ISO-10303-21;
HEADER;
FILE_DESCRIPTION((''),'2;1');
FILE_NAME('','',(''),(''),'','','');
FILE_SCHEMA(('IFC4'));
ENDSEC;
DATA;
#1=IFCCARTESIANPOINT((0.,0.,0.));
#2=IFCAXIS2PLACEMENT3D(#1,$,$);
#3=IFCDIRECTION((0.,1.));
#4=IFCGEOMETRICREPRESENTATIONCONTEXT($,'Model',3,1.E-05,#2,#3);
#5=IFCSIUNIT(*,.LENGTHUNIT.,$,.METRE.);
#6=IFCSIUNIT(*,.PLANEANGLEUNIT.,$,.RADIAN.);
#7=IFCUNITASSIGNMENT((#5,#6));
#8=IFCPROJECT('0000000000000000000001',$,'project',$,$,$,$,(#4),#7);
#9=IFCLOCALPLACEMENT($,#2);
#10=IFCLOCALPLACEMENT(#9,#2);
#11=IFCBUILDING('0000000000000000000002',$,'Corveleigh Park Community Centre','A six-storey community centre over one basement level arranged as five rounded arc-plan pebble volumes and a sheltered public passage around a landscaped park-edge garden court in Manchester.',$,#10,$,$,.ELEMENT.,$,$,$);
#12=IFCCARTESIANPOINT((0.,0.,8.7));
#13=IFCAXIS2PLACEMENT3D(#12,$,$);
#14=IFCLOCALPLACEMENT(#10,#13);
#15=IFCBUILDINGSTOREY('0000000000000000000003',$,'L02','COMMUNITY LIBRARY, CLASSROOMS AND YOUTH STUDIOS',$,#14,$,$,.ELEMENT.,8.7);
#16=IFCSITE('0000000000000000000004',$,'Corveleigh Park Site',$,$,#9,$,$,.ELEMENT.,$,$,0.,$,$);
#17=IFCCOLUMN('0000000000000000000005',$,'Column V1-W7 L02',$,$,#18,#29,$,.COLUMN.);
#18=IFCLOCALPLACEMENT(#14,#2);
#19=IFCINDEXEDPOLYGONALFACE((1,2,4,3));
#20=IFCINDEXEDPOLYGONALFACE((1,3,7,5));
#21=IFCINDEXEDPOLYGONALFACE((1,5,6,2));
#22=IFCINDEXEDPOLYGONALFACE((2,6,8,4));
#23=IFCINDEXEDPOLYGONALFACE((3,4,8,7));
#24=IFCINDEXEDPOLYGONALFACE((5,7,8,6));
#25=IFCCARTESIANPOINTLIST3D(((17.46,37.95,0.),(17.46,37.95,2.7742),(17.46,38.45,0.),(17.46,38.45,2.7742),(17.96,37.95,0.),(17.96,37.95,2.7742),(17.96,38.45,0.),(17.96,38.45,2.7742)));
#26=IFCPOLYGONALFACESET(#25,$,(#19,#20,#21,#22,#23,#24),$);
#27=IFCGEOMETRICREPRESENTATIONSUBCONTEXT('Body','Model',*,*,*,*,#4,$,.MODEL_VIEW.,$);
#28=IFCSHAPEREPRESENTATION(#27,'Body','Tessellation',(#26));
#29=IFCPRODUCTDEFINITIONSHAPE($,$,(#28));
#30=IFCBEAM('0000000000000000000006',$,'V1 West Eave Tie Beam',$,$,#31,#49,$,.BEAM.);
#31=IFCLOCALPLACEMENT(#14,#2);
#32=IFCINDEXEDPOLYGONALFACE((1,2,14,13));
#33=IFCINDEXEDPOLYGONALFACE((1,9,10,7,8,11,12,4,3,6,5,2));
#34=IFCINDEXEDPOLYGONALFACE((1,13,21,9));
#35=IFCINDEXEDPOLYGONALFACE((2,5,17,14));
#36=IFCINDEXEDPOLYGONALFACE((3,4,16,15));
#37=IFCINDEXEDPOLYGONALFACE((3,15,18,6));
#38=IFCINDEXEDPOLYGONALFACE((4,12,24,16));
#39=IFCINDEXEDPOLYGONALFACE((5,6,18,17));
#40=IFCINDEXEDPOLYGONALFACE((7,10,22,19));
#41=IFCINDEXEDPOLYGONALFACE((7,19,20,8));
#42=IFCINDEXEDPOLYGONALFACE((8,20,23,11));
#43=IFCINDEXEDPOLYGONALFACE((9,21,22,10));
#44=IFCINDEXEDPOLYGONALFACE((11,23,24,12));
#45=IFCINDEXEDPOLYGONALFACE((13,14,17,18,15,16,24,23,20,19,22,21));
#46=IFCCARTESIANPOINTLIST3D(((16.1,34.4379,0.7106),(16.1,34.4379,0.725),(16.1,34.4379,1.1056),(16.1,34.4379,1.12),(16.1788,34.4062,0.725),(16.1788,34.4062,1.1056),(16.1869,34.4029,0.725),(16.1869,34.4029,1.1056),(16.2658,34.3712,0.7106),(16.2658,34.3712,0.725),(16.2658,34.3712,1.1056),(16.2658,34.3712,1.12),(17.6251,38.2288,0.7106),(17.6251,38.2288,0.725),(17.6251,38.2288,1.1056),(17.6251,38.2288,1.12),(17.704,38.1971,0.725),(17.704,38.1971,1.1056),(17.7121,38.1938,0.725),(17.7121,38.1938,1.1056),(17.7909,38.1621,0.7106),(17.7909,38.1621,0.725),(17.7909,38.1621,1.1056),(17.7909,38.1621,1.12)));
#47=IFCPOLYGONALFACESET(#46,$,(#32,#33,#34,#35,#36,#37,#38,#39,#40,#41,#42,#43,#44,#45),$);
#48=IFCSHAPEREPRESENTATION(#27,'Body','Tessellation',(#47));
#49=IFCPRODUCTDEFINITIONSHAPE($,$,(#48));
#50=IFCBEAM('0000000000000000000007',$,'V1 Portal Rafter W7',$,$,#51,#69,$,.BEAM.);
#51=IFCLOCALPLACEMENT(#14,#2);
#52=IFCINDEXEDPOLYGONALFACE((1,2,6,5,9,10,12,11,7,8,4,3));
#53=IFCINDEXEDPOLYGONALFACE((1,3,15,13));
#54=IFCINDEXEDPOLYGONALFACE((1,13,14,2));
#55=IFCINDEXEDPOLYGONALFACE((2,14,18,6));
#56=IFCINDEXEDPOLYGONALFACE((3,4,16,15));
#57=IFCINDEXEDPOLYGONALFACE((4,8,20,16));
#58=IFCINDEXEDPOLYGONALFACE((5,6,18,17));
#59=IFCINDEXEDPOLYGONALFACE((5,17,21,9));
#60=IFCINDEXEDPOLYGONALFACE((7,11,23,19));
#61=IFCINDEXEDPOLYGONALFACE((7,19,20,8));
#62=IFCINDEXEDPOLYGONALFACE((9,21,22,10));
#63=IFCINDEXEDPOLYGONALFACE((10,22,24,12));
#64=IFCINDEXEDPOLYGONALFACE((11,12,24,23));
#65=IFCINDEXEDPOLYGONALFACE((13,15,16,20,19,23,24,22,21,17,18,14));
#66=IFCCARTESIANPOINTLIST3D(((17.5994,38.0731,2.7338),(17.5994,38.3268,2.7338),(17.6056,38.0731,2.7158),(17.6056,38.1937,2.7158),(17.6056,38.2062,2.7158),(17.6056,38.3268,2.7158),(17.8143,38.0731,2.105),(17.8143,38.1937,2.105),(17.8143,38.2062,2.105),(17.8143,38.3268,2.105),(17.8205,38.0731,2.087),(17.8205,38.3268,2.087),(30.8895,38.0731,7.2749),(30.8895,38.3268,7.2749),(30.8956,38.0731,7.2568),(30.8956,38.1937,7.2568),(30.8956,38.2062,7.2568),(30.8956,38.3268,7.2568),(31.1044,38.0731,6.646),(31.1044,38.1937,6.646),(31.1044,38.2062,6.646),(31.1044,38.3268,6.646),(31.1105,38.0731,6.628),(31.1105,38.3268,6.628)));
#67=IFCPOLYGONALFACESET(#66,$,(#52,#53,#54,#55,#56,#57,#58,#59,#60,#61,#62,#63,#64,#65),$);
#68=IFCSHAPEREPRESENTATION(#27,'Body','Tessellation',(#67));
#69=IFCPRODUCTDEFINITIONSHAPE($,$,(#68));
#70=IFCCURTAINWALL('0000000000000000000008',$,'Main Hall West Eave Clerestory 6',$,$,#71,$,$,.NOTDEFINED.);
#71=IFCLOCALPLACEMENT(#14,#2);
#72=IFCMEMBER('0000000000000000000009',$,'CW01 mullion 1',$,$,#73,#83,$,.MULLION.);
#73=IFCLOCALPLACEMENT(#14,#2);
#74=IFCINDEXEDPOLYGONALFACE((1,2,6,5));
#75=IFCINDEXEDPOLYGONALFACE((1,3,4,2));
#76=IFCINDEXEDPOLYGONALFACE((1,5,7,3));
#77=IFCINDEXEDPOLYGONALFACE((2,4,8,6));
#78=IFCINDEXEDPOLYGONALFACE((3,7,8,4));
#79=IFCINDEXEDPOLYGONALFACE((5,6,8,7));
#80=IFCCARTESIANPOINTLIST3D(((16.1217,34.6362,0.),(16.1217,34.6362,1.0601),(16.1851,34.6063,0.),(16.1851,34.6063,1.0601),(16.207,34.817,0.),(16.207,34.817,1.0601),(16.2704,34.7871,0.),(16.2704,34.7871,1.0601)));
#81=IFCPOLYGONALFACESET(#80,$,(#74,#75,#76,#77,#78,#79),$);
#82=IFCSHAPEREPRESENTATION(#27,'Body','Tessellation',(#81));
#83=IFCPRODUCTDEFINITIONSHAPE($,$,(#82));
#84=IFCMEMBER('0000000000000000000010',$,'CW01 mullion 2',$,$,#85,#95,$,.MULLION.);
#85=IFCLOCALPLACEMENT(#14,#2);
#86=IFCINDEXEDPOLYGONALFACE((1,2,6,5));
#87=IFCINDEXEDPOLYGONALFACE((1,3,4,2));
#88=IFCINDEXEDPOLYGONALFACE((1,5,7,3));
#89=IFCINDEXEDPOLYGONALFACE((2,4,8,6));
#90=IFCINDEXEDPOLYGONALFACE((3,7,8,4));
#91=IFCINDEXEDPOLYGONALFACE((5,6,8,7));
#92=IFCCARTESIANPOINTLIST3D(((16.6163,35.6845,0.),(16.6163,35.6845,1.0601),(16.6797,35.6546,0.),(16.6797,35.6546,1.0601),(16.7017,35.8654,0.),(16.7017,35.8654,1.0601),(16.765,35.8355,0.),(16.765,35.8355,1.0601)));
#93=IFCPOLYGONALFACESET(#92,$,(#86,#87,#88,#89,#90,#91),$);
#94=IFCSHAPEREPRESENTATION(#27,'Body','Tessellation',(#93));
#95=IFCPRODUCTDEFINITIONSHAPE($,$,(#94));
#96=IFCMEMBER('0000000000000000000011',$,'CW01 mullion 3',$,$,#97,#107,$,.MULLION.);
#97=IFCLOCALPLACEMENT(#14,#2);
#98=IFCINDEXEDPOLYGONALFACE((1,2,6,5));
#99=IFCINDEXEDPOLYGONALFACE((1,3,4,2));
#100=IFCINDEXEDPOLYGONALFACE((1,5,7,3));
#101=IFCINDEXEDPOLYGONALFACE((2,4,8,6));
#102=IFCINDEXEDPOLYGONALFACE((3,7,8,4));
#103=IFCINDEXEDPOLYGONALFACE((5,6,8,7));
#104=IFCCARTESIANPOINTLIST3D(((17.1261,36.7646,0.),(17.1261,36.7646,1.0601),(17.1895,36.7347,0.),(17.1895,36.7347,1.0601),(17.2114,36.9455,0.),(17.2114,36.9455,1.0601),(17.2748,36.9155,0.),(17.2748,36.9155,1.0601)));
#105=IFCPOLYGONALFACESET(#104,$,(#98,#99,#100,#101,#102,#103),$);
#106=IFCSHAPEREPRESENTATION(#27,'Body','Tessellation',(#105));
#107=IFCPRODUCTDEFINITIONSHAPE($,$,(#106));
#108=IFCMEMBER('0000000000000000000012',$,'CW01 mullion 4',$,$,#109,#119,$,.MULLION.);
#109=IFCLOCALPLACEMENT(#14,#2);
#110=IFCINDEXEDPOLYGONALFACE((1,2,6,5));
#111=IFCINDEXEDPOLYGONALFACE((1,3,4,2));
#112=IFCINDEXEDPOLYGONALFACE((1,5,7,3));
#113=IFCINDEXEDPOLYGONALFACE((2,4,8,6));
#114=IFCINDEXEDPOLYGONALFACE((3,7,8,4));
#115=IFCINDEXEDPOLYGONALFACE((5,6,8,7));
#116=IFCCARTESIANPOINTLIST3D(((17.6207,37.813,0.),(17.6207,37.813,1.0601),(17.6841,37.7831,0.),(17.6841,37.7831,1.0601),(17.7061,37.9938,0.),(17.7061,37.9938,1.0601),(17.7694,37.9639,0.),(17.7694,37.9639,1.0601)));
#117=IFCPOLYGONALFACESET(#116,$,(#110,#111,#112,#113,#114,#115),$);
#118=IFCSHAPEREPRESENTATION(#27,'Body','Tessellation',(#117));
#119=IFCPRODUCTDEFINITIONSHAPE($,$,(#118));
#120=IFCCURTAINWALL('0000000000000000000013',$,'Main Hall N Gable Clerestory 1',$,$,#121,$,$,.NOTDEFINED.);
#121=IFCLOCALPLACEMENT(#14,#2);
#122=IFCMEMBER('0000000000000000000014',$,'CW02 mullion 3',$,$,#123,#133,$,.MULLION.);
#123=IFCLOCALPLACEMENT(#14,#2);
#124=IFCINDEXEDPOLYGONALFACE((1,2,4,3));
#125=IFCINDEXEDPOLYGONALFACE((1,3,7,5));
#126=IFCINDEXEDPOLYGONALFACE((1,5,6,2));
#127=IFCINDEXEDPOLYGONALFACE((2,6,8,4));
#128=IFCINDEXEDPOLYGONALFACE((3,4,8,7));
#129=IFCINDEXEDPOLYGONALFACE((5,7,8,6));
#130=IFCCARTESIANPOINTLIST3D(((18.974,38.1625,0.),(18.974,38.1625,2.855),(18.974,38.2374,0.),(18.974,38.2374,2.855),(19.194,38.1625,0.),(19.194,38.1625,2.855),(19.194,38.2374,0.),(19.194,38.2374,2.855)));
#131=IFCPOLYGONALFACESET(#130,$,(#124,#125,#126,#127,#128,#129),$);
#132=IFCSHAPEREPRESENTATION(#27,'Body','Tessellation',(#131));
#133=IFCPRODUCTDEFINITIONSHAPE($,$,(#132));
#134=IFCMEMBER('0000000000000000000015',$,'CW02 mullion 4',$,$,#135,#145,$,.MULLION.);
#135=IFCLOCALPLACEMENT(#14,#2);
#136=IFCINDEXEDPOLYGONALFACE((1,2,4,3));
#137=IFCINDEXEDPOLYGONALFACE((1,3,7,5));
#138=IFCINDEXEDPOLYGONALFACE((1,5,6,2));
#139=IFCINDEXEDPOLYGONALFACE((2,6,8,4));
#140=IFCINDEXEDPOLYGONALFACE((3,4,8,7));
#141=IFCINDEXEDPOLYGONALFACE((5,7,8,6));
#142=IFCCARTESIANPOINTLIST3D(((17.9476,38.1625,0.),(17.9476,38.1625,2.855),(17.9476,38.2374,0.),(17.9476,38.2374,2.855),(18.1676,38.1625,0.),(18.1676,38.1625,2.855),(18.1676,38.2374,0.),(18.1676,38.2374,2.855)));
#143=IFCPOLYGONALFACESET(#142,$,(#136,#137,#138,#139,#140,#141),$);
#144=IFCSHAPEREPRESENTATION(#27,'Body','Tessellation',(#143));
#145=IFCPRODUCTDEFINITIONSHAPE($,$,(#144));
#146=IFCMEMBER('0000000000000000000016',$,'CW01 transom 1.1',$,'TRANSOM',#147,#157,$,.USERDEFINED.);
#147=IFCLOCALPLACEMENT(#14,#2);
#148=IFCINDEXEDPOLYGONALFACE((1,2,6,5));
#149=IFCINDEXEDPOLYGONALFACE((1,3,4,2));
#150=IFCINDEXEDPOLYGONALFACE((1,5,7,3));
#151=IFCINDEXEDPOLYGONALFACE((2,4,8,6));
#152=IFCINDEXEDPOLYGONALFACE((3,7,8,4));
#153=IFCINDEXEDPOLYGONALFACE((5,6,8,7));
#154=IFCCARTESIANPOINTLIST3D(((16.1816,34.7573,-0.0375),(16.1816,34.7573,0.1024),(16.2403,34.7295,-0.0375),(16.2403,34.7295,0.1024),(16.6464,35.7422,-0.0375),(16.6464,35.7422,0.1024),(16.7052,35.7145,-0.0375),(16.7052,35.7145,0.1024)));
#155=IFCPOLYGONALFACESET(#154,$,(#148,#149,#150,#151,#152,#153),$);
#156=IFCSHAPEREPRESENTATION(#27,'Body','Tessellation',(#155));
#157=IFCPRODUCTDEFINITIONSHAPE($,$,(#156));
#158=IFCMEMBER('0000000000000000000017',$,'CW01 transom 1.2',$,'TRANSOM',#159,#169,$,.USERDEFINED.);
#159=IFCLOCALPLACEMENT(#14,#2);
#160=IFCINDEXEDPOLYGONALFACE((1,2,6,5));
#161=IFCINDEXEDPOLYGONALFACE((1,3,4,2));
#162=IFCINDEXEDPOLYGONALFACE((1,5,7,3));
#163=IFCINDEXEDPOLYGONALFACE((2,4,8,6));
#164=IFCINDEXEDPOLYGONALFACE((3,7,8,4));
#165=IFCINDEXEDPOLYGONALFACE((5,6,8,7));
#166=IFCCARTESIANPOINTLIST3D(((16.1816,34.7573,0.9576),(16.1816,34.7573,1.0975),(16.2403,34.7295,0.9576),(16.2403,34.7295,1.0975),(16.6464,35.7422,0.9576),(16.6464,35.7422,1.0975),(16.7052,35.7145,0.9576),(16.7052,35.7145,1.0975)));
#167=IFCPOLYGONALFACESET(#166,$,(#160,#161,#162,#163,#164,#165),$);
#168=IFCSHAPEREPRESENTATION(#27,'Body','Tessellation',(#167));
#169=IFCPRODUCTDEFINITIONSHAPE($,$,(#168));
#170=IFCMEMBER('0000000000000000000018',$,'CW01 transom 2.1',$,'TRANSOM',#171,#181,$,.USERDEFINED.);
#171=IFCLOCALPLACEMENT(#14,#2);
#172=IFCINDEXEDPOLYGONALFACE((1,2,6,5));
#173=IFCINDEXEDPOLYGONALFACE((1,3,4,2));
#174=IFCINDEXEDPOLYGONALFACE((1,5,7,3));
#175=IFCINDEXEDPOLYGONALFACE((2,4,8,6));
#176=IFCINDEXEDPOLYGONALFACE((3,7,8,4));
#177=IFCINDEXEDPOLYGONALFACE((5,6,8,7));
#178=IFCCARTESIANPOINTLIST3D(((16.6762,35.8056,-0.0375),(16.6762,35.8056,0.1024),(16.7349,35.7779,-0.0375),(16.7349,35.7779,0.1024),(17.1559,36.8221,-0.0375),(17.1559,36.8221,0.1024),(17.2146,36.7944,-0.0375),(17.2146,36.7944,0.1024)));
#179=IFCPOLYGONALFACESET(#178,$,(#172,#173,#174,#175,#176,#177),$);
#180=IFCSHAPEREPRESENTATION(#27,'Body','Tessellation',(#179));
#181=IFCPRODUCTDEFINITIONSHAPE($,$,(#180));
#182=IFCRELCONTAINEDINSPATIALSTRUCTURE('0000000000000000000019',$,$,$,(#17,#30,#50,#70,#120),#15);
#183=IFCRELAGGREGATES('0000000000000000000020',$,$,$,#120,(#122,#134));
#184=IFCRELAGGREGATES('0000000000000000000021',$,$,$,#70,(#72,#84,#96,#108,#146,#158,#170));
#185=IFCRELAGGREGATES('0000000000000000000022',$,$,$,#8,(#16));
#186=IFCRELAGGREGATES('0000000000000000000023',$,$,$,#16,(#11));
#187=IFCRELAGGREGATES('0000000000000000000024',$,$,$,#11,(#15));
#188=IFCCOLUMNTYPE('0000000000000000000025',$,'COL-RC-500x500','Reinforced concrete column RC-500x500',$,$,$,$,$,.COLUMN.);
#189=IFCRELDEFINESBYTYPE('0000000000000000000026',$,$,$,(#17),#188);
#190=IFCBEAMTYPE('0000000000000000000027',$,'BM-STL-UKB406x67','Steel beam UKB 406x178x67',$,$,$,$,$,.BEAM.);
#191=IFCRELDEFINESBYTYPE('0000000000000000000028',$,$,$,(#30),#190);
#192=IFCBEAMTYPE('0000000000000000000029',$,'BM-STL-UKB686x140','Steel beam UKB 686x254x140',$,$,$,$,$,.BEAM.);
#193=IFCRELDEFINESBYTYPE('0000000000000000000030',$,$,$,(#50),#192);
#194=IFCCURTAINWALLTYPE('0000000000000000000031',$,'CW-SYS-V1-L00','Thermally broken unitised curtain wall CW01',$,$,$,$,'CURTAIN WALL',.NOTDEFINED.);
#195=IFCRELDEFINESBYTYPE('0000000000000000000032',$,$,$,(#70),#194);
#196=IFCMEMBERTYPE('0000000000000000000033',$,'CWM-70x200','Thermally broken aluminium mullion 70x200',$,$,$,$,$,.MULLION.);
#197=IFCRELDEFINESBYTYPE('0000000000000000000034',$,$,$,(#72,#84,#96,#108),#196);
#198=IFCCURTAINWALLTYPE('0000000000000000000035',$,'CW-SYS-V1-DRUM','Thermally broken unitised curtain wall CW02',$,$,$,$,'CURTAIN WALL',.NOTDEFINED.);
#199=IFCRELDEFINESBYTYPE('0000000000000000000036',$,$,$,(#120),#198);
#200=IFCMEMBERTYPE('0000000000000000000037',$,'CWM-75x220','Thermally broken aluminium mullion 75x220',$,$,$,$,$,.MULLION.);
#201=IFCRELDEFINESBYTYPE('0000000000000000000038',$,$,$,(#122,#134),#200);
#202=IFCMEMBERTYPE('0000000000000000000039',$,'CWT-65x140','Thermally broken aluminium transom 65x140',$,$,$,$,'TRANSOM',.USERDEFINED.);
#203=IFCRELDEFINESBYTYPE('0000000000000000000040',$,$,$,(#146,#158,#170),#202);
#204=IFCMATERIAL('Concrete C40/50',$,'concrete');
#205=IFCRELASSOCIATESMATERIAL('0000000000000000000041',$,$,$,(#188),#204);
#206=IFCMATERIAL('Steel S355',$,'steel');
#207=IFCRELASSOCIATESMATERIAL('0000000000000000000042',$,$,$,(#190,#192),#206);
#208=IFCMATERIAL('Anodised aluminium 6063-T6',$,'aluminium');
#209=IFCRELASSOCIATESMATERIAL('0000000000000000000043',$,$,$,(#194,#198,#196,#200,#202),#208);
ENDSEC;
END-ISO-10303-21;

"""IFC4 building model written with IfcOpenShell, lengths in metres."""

from ifc_helpers import new_model, si_unit, direction, frame, origin, origin_2d, place, context, subcontext, project, spatial, rectangle, i_section, extrude, material, material_profile, profile_set, type_object, element, aggregate, save


model = new_model("IFC4")

# Units and contexts
model_context = context("Model", 3, precision=1e-05, world=origin(), true_north=direction((0.0, 1.0)))
body_context = subcontext(model_context, "Body", "Model", "MODEL_VIEW")
ifc_project = project(units=[si_unit("LENGTHUNIT", "METRE"), si_unit("PLANEANGLEUNIT", "RADIAN")], contexts=[model_context])

# Site, building, storey
site_placement = place(None, origin())
site = spatial("IfcSite", under=ifc_project, at=site_placement, Name="Corveleigh Park Site", CompositionType="ELEMENT", RefElevation=0.0)
building_placement = place(site_placement, origin())
building = spatial("IfcBuilding", under=site, at=building_placement, Name="Corveleigh Park Community Centre", Description="A six-storey community centre over one basement level arranged as five rounded arc-plan pebble volumes and a sheltered public passage around a landscaped park-edge garden court in Manchester.", CompositionType="ELEMENT")
storey_placement = place(building_placement, frame((0.0, 0.0, 8.7)))
storey = spatial("IfcBuildingStorey", under=building, at=storey_placement, Name="L02", Description="COMMUNITY LIBRARY, CLASSROOMS AND YOUTH STUDIOS", CompositionType="ELEMENT", Elevation=8.7)

# Column
ifc_material_1 = material(Name="Concrete C40/50", Category="concrete")
ifc_material_profile_1 = material_profile(ifc_material_1, rectangle(XDim=0.5, YDim=0.5, at=origin_2d()), Name="RC-500x500", Category="concrete")
ifc_profile_set_1 = profile_set([ifc_material_profile_1], Name="Concrete C40/50")
column_type = type_object("IfcColumnType", Name="COL-RC-500x500", Description="Reinforced concrete column RC-500x500", PredefinedType="COLUMN", material=ifc_profile_set_1)
column_placement = place(storey_placement, frame((17.71, 38.2, 0.0), z_axis=(0.0, 0.0, 1.0), x_axis=(1.0, 0.0, 0.0)))
element("IfcColumn", 1, at=column_placement, inside=storey, type_object=column_type, Name="Column V1-W7 L02", PredefinedType="COLUMN", context=body_context, shape_type="SweptSolid", body=[
    extrude(rectangle(XDim=0.5, YDim=0.5, at=origin_2d()), origin(), (0.0, 0.0, 1.0), 2.7742),
])

# Beams
ifc_material_2 = material(Name="Steel S355", Category="steel")
ifc_material_profile_2 = material_profile(ifc_material_2, i_section(OverallWidth=0.1787, OverallDepth=0.4094, WebThickness=0.0088, FlangeThickness=0.0144, at=origin_2d()), Name="UKB 406x178x67", Category="steel")
ifc_profile_set_2 = profile_set([ifc_material_profile_2], Name="Steel S355")
beam_type_1 = type_object("IfcBeamType", Name="BM-STL-UKB406x67", Description="Steel beam UKB 406x178x67", PredefinedType="BEAM", material=ifc_profile_set_2)
beam_1_placement = place(storey_placement, frame((16.1829, 34.4045, 0.9153), z_axis=(0.373255, 0.927729, 0.0), x_axis=(-0.927729, 0.373255, 0.0)))
element("IfcBeam", 2, at=beam_1_placement, inside=storey, type_object=beam_type_1, Name="V1 West Eave Tie Beam", PredefinedType="BEAM", context=body_context, shape_type="SweptSolid", body=[
    extrude(i_section(OverallWidth=0.1787, OverallDepth=0.4094, WebThickness=0.0088, FlangeThickness=0.0144, at=origin_2d()), origin(), (0.0, 0.0, 1.0), 4.0862),
])
ifc_material_profile_3 = material_profile(ifc_material_2, i_section(OverallWidth=0.2537, OverallDepth=0.6836, WebThickness=0.0125, FlangeThickness=0.019, at=origin_2d()), Name="UKB 686x254x140", Category="steel")
ifc_profile_set_3 = profile_set([ifc_material_profile_3], Name="Steel S355")
beam_type_2 = type_object("IfcBeamType", Name="BM-STL-UKB686x140", Description="Steel beam UKB 686x254x140", PredefinedType="BEAM", material=ifc_profile_set_3)
beam_2_placement = place(storey_placement, frame((17.71, 38.2, 2.4104), z_axis=(0.946286, 0.0, 0.323332), x_axis=(0.0, 1.0, 0.0)))
element("IfcBeam", 3, at=beam_2_placement, inside=storey, type_object=beam_type_2, Name="V1 Portal Rafter W7", PredefinedType="BEAM", context=body_context, shape_type="SweptSolid", body=[
    extrude(i_section(OverallWidth=0.2537, OverallDepth=0.6836, WebThickness=0.0125, FlangeThickness=0.019, at=origin_2d()), origin(), (0.0, 0.0, 1.0), 14.0444),
])

# Curtain walls, members
ifc_material_3 = material(Name="Anodised aluminium 6063-T6", Category="aluminium")
curtain_wall_type_1 = type_object("IfcCurtainWallType", Name="CW-SYS-V1-L00", Description="Thermally broken unitised curtain wall CW01", ElementType="CURTAIN WALL", PredefinedType="NOTDEFINED", material=ifc_material_3)
curtain_wall_1_placement = place(storey_placement, origin())
curtain_wall_1 = element("IfcCurtainWall", 4, at=curtain_wall_1_placement, inside=storey, type_object=curtain_wall_type_1, Name="Main Hall West Eave Clerestory 6", PredefinedType="NOTDEFINED")
ifc_material_profile_4 = material_profile(ifc_material_3, rectangle(XDim=0.0701, YDim=0.2, at=origin_2d()), Name="ALU-M70x200", Category="aluminium")
ifc_profile_set_4 = profile_set([ifc_material_profile_4], Name="Anodised aluminium 6063-T6")
member_type_1 = type_object("IfcMemberType", Name="CWM-70x200", Description="Thermally broken aluminium mullion 70x200", PredefinedType="MULLION", material=ifc_profile_set_4)
member_1_placement = place(storey_placement, frame((16.196, 34.7117, 0.0), z_axis=(0.0, 0.0, 1.0), x_axis=(-0.904356, 0.426778, 0.0)))
member_1 = element("IfcMember", 5, at=member_1_placement, type_object=member_type_1, Name="CW01 mullion 1", PredefinedType="MULLION", context=body_context, shape_type="SweptSolid", body=[
    extrude(rectangle(XDim=0.0701, YDim=0.2, at=origin_2d()), origin(), (0.0, 0.0, 1.0), 1.0601),
])
member_2_placement = place(storey_placement, frame((16.6907, 35.76, 0.0), z_axis=(0.0, 0.0, 1.0), x_axis=(-0.904356, 0.426778, 0.0)))
member_2 = element("IfcMember", 6, at=member_2_placement, type_object=member_type_1, Name="CW01 mullion 2", PredefinedType="MULLION", context=body_context, shape_type="SweptSolid", body=[
    extrude(rectangle(XDim=0.0701, YDim=0.2, at=origin_2d()), origin(), (0.0, 0.0, 1.0), 1.0601),
])
member_3_placement = place(storey_placement, frame((17.2004, 36.8401, 0.0), z_axis=(0.0, 0.0, 1.0), x_axis=(-0.904356, 0.426778, 0.0)))
member_3 = element("IfcMember", 7, at=member_3_placement, type_object=member_type_1, Name="CW01 mullion 3", PredefinedType="MULLION", context=body_context, shape_type="SweptSolid", body=[
    extrude(rectangle(XDim=0.0701, YDim=0.2, at=origin_2d()), origin(), (0.0, 0.0, 1.0), 1.0601),
])
member_4_placement = place(storey_placement, frame((17.6951, 37.8884, 0.0), z_axis=(0.0, 0.0, 1.0), x_axis=(-0.904356, 0.426778, 0.0)))
member_4 = element("IfcMember", 8, at=member_4_placement, type_object=member_type_1, Name="CW01 mullion 4", PredefinedType="MULLION", context=body_context, shape_type="SweptSolid", body=[
    extrude(rectangle(XDim=0.0701, YDim=0.2, at=origin_2d()), origin(), (0.0, 0.0, 1.0), 1.0601),
])
curtain_wall_type_2 = type_object("IfcCurtainWallType", Name="CW-SYS-V1-DRUM", Description="Thermally broken unitised curtain wall CW02", ElementType="CURTAIN WALL", PredefinedType="NOTDEFINED", material=ifc_material_3)
curtain_wall_2_placement = place(storey_placement, origin())
curtain_wall_2 = element("IfcCurtainWall", 9, at=curtain_wall_2_placement, inside=storey, type_object=curtain_wall_type_2, Name="Main Hall N Gable Clerestory 1", PredefinedType="NOTDEFINED")
ifc_material_profile_5 = material_profile(ifc_material_3, rectangle(XDim=0.075, YDim=0.22, at=origin_2d()), Name="ALU-M75x220", Category="aluminium")
ifc_profile_set_5 = profile_set([ifc_material_profile_5], Name="Anodised aluminium 6063-T6")
member_type_2 = type_object("IfcMemberType", Name="CWM-75x220", Description="Thermally broken aluminium mullion 75x220", PredefinedType="MULLION", material=ifc_profile_set_5)
member_5_placement = place(storey_placement, frame((19.084, 38.2, 0.0), z_axis=(0.0, 0.0, 1.0), x_axis=(0.0, -1.0, 0.0)))
member_5 = element("IfcMember", 10, at=member_5_placement, type_object=member_type_2, Name="CW02 mullion 3", PredefinedType="MULLION", context=body_context, shape_type="SweptSolid", body=[
    extrude(rectangle(XDim=0.075, YDim=0.22, at=origin_2d()), origin(), (0.0, 0.0, 1.0), 2.855),
])
member_6_placement = place(storey_placement, frame((18.0576, 38.2, 0.0), z_axis=(0.0, 0.0, 1.0), x_axis=(0.0, -1.0, 0.0)))
member_6 = element("IfcMember", 11, at=member_6_placement, type_object=member_type_2, Name="CW02 mullion 4", PredefinedType="MULLION", context=body_context, shape_type="SweptSolid", body=[
    extrude(rectangle(XDim=0.075, YDim=0.22, at=origin_2d()), origin(), (0.0, 0.0, 1.0), 2.855),
])

# Members
ifc_material_profile_6 = material_profile(ifc_material_3, rectangle(XDim=0.0649, YDim=0.1399, at=origin_2d()), Name="ALU-T65x140", Category="aluminium")
ifc_profile_set_6 = profile_set([ifc_material_profile_6], Name="Anodised aluminium 6063-T6")
member_type_3 = type_object("IfcMemberType", Name="CWT-65x140", Description="Thermally broken aluminium transom 65x140", ElementType="TRANSOM", PredefinedType="USERDEFINED", material=ifc_profile_set_6)
member_7_placement = place(storey_placement, frame((16.2109, 34.7434, 0.0325), z_axis=(0.426833, 0.90433, 0.0), x_axis=(-0.90433, 0.426833, 0.0)))
member_7 = element("IfcMember", 12, at=member_7_placement, type_object=member_type_3, Name="CW01 transom 1.1", ObjectType="TRANSOM", PredefinedType="USERDEFINED", context=body_context, shape_type="SweptSolid", body=[
    extrude(rectangle(XDim=0.0649, YDim=0.1399, at=origin_2d()), origin(), (0.0, 0.0, 1.0), 1.0891),
])
member_8_placement = place(storey_placement, frame((16.2109, 34.7434, 1.0276), z_axis=(0.426833, 0.90433, 0.0), x_axis=(-0.90433, 0.426833, 0.0)))
member_8 = element("IfcMember", 13, at=member_8_placement, type_object=member_type_3, Name="CW01 transom 1.2", ObjectType="TRANSOM", PredefinedType="USERDEFINED", context=body_context, shape_type="SweptSolid", body=[
    extrude(rectangle(XDim=0.0649, YDim=0.1399, at=origin_2d()), origin(), (0.0, 0.0, 1.0), 1.0891),
])
member_9_placement = place(storey_placement, frame((16.7056, 35.7917, 0.0325), z_axis=(0.42677, 0.90436, 0.0), x_axis=(-0.90436, 0.42677, 0.0)))
member_9 = element("IfcMember", 14, at=member_9_placement, type_object=member_type_3, Name="CW01 transom 2.1", ObjectType="TRANSOM", PredefinedType="USERDEFINED", context=body_context, shape_type="SweptSolid", body=[
    extrude(rectangle(XDim=0.0649, YDim=0.1399, at=origin_2d()), origin(), (0.0, 0.0, 1.0), 1.124),
])

aggregate(curtain_wall_2, [member_5, member_6])
aggregate(curtain_wall_1, [member_1, member_2, member_3, member_4, member_7, member_8, member_9])

save(model, "model.ifc")
